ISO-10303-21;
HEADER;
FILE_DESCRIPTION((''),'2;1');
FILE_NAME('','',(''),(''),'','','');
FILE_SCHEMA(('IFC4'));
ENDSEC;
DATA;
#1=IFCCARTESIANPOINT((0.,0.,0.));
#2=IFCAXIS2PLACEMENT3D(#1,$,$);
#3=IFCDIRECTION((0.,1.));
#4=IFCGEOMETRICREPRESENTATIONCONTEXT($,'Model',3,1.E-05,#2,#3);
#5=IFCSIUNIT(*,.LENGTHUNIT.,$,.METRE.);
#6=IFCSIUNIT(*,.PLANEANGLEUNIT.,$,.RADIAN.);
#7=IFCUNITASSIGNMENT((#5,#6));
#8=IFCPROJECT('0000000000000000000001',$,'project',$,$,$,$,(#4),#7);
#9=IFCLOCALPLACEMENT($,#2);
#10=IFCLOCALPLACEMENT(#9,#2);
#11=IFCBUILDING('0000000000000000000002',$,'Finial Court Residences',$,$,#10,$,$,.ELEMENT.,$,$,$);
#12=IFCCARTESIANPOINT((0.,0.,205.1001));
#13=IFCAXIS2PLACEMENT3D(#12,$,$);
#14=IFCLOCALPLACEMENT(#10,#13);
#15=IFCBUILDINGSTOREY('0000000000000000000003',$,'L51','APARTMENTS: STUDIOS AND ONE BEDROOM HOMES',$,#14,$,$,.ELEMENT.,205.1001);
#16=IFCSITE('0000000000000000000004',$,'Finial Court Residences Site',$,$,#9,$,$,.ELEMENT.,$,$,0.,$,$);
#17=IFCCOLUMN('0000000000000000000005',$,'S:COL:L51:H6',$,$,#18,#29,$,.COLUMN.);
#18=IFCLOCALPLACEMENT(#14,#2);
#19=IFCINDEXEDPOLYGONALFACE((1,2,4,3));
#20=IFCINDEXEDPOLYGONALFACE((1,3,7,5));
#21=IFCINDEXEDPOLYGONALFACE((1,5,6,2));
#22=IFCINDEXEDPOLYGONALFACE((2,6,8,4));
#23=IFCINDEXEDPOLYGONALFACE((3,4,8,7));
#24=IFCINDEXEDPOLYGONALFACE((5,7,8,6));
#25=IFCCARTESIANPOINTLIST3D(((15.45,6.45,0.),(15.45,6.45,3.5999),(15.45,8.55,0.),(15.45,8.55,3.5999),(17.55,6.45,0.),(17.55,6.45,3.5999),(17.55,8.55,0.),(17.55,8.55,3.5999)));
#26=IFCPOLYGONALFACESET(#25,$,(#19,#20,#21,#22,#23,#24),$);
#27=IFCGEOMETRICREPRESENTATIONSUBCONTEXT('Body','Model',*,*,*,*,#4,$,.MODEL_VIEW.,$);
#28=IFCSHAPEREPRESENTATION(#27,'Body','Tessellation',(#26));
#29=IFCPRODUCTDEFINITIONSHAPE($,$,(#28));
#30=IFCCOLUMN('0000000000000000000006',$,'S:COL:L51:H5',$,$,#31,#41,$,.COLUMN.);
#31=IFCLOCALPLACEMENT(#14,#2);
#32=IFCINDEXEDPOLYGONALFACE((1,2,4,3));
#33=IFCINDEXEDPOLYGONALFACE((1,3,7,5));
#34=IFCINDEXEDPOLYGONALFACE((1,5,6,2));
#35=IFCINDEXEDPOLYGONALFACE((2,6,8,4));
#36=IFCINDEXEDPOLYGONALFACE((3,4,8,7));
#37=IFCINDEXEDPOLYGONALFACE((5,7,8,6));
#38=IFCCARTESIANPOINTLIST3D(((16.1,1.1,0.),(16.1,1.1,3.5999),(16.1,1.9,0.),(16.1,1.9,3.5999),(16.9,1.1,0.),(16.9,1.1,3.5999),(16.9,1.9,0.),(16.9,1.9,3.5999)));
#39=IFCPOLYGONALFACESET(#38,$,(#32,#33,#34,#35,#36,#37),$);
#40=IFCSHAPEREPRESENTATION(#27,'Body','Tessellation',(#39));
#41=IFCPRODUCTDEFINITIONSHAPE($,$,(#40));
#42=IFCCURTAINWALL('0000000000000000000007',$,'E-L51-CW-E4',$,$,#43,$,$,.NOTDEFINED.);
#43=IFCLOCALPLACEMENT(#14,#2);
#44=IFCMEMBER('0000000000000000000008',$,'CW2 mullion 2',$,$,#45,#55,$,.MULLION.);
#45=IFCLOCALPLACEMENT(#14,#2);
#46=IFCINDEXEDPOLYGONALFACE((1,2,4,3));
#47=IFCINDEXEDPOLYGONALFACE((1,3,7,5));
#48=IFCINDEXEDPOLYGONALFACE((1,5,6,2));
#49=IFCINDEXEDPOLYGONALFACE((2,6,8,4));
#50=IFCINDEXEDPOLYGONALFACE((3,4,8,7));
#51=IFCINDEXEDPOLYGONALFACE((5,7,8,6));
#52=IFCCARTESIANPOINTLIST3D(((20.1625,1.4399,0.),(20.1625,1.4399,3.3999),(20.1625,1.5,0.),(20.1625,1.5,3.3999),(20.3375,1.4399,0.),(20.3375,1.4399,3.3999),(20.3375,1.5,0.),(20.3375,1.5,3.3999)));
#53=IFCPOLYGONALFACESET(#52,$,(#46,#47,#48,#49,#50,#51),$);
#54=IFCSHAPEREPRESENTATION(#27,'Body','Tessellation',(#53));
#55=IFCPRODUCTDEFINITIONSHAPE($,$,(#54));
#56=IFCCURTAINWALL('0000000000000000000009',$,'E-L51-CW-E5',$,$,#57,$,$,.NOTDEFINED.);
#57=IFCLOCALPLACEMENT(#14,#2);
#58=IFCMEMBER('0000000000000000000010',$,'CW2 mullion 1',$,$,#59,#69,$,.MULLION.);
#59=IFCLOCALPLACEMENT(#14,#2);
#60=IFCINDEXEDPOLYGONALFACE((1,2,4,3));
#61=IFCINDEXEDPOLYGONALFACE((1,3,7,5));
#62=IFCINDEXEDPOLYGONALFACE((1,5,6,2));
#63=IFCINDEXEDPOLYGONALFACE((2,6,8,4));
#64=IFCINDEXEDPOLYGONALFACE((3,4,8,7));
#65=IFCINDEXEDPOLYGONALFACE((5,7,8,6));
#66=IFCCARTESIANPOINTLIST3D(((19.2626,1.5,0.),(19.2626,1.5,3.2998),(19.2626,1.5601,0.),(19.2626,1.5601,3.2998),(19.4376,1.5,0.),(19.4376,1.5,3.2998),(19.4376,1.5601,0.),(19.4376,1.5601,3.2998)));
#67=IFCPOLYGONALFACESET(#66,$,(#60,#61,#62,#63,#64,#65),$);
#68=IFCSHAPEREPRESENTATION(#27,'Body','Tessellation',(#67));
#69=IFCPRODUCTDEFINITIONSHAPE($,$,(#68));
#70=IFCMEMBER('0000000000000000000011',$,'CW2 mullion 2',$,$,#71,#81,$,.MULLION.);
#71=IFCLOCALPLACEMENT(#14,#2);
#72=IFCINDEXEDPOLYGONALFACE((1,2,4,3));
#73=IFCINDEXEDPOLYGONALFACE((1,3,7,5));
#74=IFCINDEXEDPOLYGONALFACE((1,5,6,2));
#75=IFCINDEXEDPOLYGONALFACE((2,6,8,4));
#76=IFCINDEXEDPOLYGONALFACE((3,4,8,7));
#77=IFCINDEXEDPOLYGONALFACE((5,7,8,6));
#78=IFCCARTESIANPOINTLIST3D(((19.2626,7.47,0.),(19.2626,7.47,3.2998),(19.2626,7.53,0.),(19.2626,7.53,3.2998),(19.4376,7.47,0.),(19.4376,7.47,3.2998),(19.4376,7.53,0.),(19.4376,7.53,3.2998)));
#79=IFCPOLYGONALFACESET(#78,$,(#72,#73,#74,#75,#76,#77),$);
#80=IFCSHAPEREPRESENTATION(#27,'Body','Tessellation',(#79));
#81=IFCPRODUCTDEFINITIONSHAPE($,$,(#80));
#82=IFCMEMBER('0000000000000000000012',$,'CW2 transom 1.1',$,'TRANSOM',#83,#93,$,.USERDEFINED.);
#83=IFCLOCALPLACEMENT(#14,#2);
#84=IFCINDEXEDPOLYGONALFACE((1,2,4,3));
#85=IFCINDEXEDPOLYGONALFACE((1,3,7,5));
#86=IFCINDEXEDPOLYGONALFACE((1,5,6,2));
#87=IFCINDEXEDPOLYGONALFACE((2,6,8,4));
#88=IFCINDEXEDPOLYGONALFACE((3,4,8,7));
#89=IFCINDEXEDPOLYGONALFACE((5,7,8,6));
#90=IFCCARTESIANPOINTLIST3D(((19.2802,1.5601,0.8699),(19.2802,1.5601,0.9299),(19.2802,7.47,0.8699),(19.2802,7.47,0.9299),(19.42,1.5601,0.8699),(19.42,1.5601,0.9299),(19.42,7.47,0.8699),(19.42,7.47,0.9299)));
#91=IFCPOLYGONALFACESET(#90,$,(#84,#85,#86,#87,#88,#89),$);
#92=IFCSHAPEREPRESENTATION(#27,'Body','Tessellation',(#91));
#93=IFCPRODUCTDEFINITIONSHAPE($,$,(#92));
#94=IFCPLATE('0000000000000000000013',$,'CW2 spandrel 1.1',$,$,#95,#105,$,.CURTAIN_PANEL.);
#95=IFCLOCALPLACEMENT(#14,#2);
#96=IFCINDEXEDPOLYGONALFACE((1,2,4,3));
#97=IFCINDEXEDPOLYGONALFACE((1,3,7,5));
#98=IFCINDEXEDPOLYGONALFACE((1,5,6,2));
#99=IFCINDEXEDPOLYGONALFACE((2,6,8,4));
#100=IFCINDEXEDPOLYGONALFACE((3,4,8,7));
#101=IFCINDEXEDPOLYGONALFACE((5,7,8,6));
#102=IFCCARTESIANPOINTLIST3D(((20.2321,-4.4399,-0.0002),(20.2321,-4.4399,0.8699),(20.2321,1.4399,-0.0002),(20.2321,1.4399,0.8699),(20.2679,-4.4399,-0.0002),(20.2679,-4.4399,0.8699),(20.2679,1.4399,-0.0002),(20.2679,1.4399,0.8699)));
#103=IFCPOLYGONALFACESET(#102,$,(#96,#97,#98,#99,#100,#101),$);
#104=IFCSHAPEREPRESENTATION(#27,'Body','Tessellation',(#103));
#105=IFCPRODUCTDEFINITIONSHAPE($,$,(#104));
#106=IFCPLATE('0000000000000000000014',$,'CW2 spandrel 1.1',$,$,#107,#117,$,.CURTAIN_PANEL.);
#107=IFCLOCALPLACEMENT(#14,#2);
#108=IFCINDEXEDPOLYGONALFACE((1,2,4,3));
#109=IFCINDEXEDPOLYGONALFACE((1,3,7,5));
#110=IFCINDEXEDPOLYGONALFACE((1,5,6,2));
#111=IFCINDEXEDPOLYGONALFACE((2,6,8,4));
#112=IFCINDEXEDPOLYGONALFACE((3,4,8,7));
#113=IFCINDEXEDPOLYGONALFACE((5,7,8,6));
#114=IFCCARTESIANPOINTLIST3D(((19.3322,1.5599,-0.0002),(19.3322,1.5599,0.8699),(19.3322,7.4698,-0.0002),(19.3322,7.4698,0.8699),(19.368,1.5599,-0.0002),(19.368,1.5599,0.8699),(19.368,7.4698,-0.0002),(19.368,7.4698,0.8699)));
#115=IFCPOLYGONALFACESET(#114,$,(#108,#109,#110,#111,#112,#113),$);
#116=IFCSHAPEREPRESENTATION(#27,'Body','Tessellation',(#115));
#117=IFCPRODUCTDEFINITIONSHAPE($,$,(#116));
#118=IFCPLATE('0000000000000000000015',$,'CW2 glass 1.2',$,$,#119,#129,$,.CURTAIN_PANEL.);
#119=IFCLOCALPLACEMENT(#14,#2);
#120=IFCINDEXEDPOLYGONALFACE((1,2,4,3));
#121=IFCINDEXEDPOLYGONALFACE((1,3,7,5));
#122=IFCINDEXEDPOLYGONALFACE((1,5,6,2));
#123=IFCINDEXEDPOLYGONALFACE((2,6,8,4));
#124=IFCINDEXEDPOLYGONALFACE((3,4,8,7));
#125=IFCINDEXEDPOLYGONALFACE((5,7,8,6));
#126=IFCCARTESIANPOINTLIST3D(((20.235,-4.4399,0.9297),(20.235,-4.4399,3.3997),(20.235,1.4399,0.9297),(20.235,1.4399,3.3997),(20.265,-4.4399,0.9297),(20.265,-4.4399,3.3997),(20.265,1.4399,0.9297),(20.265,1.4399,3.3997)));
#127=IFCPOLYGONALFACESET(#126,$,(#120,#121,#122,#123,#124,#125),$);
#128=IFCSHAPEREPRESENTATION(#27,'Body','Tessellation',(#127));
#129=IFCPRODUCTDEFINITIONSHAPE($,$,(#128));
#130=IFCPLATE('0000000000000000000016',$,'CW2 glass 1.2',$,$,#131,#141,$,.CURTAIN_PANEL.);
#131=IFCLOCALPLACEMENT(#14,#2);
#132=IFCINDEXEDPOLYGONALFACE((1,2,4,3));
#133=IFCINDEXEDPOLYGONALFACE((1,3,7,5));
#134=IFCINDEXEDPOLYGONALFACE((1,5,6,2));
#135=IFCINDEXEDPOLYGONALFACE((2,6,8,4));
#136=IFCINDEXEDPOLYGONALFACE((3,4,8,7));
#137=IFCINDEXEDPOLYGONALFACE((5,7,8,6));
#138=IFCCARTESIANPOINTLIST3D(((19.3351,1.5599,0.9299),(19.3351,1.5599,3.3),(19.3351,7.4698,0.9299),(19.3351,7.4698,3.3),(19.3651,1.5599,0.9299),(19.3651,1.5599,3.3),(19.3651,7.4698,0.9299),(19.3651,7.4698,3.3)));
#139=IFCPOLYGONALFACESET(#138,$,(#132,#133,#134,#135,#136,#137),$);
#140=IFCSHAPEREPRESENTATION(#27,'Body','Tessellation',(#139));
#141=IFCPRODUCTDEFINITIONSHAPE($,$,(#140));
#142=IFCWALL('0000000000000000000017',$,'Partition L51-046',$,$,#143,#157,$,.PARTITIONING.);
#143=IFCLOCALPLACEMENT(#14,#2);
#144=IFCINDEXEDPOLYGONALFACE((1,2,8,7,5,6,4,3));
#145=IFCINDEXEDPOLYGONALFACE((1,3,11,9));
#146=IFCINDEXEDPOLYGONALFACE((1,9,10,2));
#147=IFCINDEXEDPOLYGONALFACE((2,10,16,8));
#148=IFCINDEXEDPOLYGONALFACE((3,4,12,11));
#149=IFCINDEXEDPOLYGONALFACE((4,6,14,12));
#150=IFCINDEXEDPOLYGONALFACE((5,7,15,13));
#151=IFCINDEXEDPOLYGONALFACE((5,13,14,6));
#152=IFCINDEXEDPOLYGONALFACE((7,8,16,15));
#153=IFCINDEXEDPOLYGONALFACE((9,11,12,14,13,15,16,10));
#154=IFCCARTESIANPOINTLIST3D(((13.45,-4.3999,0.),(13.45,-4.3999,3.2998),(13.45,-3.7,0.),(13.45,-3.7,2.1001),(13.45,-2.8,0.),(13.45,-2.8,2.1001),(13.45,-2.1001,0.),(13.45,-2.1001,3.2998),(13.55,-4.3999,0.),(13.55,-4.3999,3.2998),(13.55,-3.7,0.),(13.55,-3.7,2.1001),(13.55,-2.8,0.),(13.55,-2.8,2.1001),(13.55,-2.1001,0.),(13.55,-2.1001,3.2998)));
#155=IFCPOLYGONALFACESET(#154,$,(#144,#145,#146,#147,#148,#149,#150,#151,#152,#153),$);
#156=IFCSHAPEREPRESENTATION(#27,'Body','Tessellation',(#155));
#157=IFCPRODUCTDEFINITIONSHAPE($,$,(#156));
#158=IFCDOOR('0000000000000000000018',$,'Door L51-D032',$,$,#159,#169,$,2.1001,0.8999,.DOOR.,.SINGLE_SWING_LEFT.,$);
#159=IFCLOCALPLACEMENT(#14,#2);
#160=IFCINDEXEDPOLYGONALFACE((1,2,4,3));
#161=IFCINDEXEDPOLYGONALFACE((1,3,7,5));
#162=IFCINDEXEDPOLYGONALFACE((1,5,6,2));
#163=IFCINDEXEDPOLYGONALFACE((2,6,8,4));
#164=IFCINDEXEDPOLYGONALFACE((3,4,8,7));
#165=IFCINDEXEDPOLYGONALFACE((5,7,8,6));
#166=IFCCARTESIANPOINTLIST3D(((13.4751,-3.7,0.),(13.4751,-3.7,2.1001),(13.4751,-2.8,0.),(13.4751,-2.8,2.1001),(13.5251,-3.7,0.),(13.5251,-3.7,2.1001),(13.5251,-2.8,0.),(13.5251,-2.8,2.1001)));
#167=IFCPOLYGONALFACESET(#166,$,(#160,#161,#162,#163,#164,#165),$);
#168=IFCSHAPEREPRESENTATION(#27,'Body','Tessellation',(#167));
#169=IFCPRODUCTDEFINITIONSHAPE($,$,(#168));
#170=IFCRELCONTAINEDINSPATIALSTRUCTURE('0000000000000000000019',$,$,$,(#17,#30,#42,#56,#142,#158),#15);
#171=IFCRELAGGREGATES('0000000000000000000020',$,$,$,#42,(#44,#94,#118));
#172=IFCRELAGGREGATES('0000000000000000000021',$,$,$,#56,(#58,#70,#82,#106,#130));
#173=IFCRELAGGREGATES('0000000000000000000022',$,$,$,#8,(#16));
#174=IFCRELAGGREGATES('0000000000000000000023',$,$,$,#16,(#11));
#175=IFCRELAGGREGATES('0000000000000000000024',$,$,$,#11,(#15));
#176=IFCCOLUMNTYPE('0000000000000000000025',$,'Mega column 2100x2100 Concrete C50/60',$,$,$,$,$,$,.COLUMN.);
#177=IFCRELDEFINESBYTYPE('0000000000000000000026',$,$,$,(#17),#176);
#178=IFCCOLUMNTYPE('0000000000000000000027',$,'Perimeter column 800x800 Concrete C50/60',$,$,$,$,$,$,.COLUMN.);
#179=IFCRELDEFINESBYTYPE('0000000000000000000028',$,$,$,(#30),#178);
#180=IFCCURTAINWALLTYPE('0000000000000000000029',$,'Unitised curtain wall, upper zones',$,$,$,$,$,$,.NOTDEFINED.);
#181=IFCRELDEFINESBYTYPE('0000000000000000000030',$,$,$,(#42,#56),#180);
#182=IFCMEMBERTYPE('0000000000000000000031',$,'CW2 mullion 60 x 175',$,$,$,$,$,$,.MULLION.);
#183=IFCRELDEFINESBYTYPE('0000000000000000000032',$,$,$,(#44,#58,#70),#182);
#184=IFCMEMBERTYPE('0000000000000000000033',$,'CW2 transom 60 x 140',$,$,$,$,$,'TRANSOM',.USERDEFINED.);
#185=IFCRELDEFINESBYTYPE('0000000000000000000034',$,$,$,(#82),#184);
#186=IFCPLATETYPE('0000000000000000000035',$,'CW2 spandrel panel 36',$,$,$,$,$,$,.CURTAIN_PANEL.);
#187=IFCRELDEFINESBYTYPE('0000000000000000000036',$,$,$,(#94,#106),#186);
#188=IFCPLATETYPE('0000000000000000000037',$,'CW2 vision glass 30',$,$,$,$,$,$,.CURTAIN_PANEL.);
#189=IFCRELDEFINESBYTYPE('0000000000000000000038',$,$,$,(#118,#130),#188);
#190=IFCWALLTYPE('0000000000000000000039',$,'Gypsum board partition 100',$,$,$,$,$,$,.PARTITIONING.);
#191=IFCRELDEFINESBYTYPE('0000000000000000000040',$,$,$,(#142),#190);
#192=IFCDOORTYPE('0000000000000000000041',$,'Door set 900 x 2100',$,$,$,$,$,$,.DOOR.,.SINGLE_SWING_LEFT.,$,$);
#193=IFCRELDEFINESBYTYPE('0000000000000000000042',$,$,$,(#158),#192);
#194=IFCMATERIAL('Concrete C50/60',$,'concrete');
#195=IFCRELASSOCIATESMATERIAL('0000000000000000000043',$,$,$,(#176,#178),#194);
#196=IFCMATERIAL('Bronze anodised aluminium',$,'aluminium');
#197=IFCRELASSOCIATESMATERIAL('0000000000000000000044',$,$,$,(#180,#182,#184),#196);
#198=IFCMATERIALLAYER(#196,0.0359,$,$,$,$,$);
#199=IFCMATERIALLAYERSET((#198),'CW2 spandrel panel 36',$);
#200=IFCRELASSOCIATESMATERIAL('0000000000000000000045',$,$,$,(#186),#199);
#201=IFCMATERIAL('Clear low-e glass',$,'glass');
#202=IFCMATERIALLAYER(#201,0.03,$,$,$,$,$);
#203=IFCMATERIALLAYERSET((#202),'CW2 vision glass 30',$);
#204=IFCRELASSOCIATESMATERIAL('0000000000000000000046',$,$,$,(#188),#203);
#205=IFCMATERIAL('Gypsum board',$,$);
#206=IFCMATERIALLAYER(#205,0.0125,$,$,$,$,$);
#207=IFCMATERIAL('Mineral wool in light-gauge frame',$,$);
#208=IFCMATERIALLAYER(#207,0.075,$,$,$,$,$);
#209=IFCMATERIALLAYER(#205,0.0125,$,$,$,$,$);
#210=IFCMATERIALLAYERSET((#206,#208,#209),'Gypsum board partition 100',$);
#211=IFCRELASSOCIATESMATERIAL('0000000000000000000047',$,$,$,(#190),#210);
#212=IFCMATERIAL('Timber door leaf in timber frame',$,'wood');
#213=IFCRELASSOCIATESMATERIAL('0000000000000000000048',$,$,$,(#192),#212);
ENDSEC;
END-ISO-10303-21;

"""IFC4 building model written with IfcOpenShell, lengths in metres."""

from ifc_helpers import new_model, si_unit, direction, frame, frame_2d, origin, origin_2d, place, context, subcontext, project, spatial, rectangle, extrude, material, layer, layer_set, material_profile, profile_set, type_object, element, fill, aggregate, save


model = new_model("IFC4")

# Units and contexts
model_context = context("Model", 3, precision=1e-05, world=origin(), true_north=direction((0.0, 1.0)))
body_context = subcontext(model_context, "Body", "Model", "MODEL_VIEW")
ifc_project = project(units=[si_unit("LENGTHUNIT", "METRE"), si_unit("PLANEANGLEUNIT", "RADIAN")], contexts=[model_context])

# Site, building, storey
site_placement = place(None, origin())
site = spatial("IfcSite", under=ifc_project, at=site_placement, Name="Finial Court Residences Site", CompositionType="ELEMENT", RefElevation=0.0)
building_placement = place(site_placement, origin())
building = spatial("IfcBuilding", under=site, at=building_placement, Name="Finial Court Residences", CompositionType="ELEMENT")
storey_placement = place(building_placement, frame((0.0, 0.0, 205.1001)))
storey = spatial("IfcBuildingStorey", under=building, at=storey_placement, Name="L51", Description="APARTMENTS: STUDIOS AND ONE BEDROOM HOMES", CompositionType="ELEMENT", Elevation=205.1001)

# Columns
ifc_material_1 = material(Name="Concrete C50/60", Category="concrete")
ifc_material_profile_1 = material_profile(ifc_material_1, rectangle(XDim=2.1001, YDim=2.1001, at=origin_2d()), Name="2100x2100")
ifc_profile_set_1 = profile_set([ifc_material_profile_1], Name="Concrete C50/60")
column_type_1 = type_object("IfcColumnType", Name="Mega column 2100x2100 Concrete C50/60", PredefinedType="COLUMN", material=ifc_profile_set_1)
column_1_placement = place(storey_placement, frame((16.5, 7.5, 0.0), z_axis=(0.0, 0.0, 1.0), x_axis=(1.0, 0.0, 0.0)))
element("IfcColumn", 1, at=column_1_placement, inside=storey, type_object=column_type_1, Name="S:COL:L51:H6", PredefinedType="COLUMN", context=body_context, shape_type="SweptSolid", body=[
    extrude(rectangle(XDim=2.1001, YDim=2.1001, at=origin_2d()), origin(), (0.0, 0.0, 1.0), 3.5999),
])
ifc_material_profile_2 = material_profile(ifc_material_1, rectangle(XDim=0.8, YDim=0.8, at=origin_2d()), Name="800x800")
ifc_profile_set_2 = profile_set([ifc_material_profile_2], Name="Concrete C50/60")
column_type_2 = type_object("IfcColumnType", Name="Perimeter column 800x800 Concrete C50/60", PredefinedType="COLUMN", material=ifc_profile_set_2)
column_2_placement = place(storey_placement, frame((16.5, 1.5, 0.0), z_axis=(0.0, 0.0, 1.0), x_axis=(1.0, 0.0, 0.0)))
element("IfcColumn", 2, at=column_2_placement, inside=storey, type_object=column_type_2, Name="S:COL:L51:H5", PredefinedType="COLUMN", context=body_context, shape_type="SweptSolid", body=[
    extrude(rectangle(XDim=0.8, YDim=0.8, at=origin_2d()), origin(), (0.0, 0.0, 1.0), 3.5999),
])

# Curtain wall, member
ifc_material_2 = material(Name="Bronze anodised aluminium", Category="aluminium")
curtain_wall_type = type_object("IfcCurtainWallType", Name="Unitised curtain wall, upper zones", PredefinedType="NOTDEFINED", material=ifc_material_2)
curtain_wall_1_placement = place(storey_placement, origin())
curtain_wall_1 = element("IfcCurtainWall", 3, at=curtain_wall_1_placement, inside=storey, type_object=curtain_wall_type, Name="E-L51-CW-E4", PredefinedType="NOTDEFINED")
ifc_material_profile_3 = material_profile(ifc_material_2, rectangle(XDim=0.175, YDim=0.0601, at=origin_2d()), Name="CW2 mullion 60 x 175")
ifc_profile_set_3 = profile_set([ifc_material_profile_3], Name="Bronze anodised aluminium")
member_type_1 = type_object("IfcMemberType", Name="CW2 mullion 60 x 175", PredefinedType="MULLION", material=ifc_profile_set_3)
member_1_placement = place(storey_placement, frame((20.25, 1.47, 0.0), z_axis=(0.0, 0.0, 1.0), x_axis=(-1.0, 0.0, 0.0)))
member_1 = element("IfcMember", 4, at=member_1_placement, type_object=member_type_1, Name="CW2 mullion 2", PredefinedType="MULLION", context=body_context, shape_type="SweptSolid", body=[
    extrude(rectangle(XDim=0.175, YDim=0.0601, at=origin_2d()), origin(), (0.0, 0.0, 1.0), 3.3999),
])

# Curtain wall, members
curtain_wall_2_placement = place(storey_placement, origin())
curtain_wall_2 = element("IfcCurtainWall", 5, at=curtain_wall_2_placement, inside=storey, type_object=curtain_wall_type, Name="E-L51-CW-E5", PredefinedType="NOTDEFINED")
member_2_placement = place(storey_placement, frame((19.3501, 1.53, 0.0), z_axis=(0.0, 0.0, 1.0), x_axis=(-1.0, 0.0, 0.0)))
member_2 = element("IfcMember", 6, at=member_2_placement, type_object=member_type_1, Name="CW2 mullion 1", PredefinedType="MULLION", context=body_context, shape_type="SweptSolid", body=[
    extrude(rectangle(XDim=0.175, YDim=0.0601, at=origin_2d()), origin(), (0.0, 0.0, 1.0), 3.2998),
])
member_3_placement = place(storey_placement, frame((19.3501, 7.5, 0.0), z_axis=(0.0, 0.0, 1.0), x_axis=(-1.0, 0.0, 0.0)))
member_3 = element("IfcMember", 7, at=member_3_placement, type_object=member_type_1, Name="CW2 mullion 2", PredefinedType="MULLION", context=body_context, shape_type="SweptSolid", body=[
    extrude(rectangle(XDim=0.175, YDim=0.0601, at=origin_2d()), origin(), (0.0, 0.0, 1.0), 3.2998),
])
ifc_material_profile_4 = material_profile(ifc_material_2, rectangle(XDim=0.1399, YDim=0.0601, at=origin_2d()), Name="CW2 transom 60 x 140")
ifc_profile_set_4 = profile_set([ifc_material_profile_4], Name="Bronze anodised aluminium")
member_type_2 = type_object("IfcMemberType", Name="CW2 transom 60 x 140", ElementType="TRANSOM", PredefinedType="USERDEFINED", material=ifc_profile_set_4)
member_4_placement = place(storey_placement, frame((19.3501, 1.5601, 0.8999), z_axis=(0.0, 1.0, 0.0), x_axis=(-1.0, 0.0, 0.0)))
member_4 = element("IfcMember", 8, at=member_4_placement, type_object=member_type_2, Name="CW2 transom 1.1", ObjectType="TRANSOM", PredefinedType="USERDEFINED", context=body_context, shape_type="SweptSolid", body=[
    extrude(rectangle(XDim=0.1399, YDim=0.0601, at=origin_2d()), origin(), (0.0, 0.0, 1.0), 5.9099),
])

# Plates
ifc_layer_1 = layer(ifc_material_2, 0.0359)
ifc_layer_set_1 = layer_set([ifc_layer_1], Name="CW2 spandrel panel 36")
plate_type_1 = type_object("IfcPlateType", Name="CW2 spandrel panel 36", PredefinedType="CURTAIN_PANEL", material=ifc_layer_set_1)
plate_1_placement = place(storey_placement, frame((20.25, -1.5, -0.0002), z_axis=(0.0, 0.0, 1.0), x_axis=(0.0, 1.0, 0.0)))
plate_1 = element("IfcPlate", 9, at=plate_1_placement, type_object=plate_type_1, Name="CW2 spandrel 1.1", PredefinedType="CURTAIN_PANEL", context=body_context, shape_type="SweptSolid", body=[
    extrude(rectangle(XDim=5.8799, YDim=0.0359, at=origin_2d()), origin(), (0.0, 0.0, 1.0), 0.8701),
])
plate_2_placement = place(storey_placement, frame((19.3501, 4.5149, -0.0002), z_axis=(0.0, 0.0, 1.0), x_axis=(0.0, 1.0, 0.0)))
plate_2 = element("IfcPlate", 10, at=plate_2_placement, type_object=plate_type_1, Name="CW2 spandrel 1.1", PredefinedType="CURTAIN_PANEL", context=body_context, shape_type="SweptSolid", body=[
    extrude(rectangle(XDim=5.9099, YDim=0.0359, at=origin_2d()), origin(), (0.0, 0.0, 1.0), 0.8701),
])
ifc_material_3 = material(Name="Clear low-e glass", Category="glass")
ifc_layer_2 = layer(ifc_material_3, 0.03)
ifc_layer_set_2 = layer_set([ifc_layer_2], Name="CW2 vision glass 30")
plate_type_2 = type_object("IfcPlateType", Name="CW2 vision glass 30", PredefinedType="CURTAIN_PANEL", material=ifc_layer_set_2)
plate_3_placement = place(storey_placement, frame((20.25, -1.5, 0.9297), z_axis=(0.0, 0.0, 1.0), x_axis=(0.0, 1.0, 0.0)))
plate_3 = element("IfcPlate", 11, at=plate_3_placement, type_object=plate_type_2, Name="CW2 glass 1.2", PredefinedType="CURTAIN_PANEL", context=body_context, shape_type="SweptSolid", body=[
    extrude(rectangle(XDim=5.8799, YDim=0.03, at=origin_2d()), origin(), (0.0, 0.0, 1.0), 2.47),
])
aggregate(curtain_wall_1, [member_1, plate_1, plate_3])
plate_4_placement = place(storey_placement, frame((19.3501, 4.5149, 0.9299), z_axis=(0.0, 0.0, 1.0), x_axis=(0.0, 1.0, 0.0)))
plate_4 = element("IfcPlate", 12, at=plate_4_placement, type_object=plate_type_2, Name="CW2 glass 1.2", PredefinedType="CURTAIN_PANEL", context=body_context, shape_type="SweptSolid", body=[
    extrude(rectangle(XDim=5.9099, YDim=0.03, at=origin_2d()), origin(), (0.0, 0.0, 1.0), 2.3701),
])
aggregate(curtain_wall_2, [member_2, member_3, member_4, plate_2, plate_4])

# Wall, opening, door
ifc_material_4 = material(Name="Gypsum board")
ifc_layer_3 = layer(ifc_material_4, 0.0125)
ifc_material_5 = material(Name="Mineral wool in light-gauge frame")
ifc_layer_4 = layer(ifc_material_5, 0.075)
ifc_layer_5 = layer(ifc_material_4, 0.0125)
ifc_layer_set_3 = layer_set([ifc_layer_3, ifc_layer_4, ifc_layer_5], Name="Gypsum board partition 100")
wall_type_1 = type_object("IfcWallType", Name="Gypsum board partition 100", PredefinedType="PARTITIONING", material=ifc_layer_set_3)
wall_1_placement = place(storey_placement, frame((13.5, -4.3999, 0.0), z_axis=(0.0, 0.0, 1.0), x_axis=(0.0, 1.0, 0.0)))
wall_1 = element("IfcWall", 13, at=wall_1_placement, inside=storey, type_object=wall_type_1, Name="Partition L51-046", PredefinedType="PARTITIONING", context=body_context, shape_type="SweptSolid", body=[
    extrude(rectangle(XDim=2.2998, YDim=0.1001, at=frame_2d((1.1499, 0.0))), origin(), (0.0, 0.0, 1.0), 3.2998),
])
opening_1_placement = place(wall_1_placement, frame((0.7, 0.0, 0.0)))
opening_1 = element("IfcOpeningElement", 14, at=opening_1_placement, cuts=wall_1, PredefinedType="OPENING", context=body_context, shape_type="SweptSolid", body=[
    extrude(rectangle(XDim=0.8999, YDim=2.1001, at=frame_2d((0.45, 1.05))), frame((0.0, 0.0601, 0.0), z_axis=(0.0, -1.0, 0.0), x_axis=(1.0, 0.0, 0.0)), (0.0, 0.0, 1.0), 0.1201),
])
ifc_material_6 = material(Name="Timber door leaf in timber frame", Category="wood")
door_type = type_object("IfcDoorType", Name="Door set 900 x 2100", OperationType="SINGLE_SWING_LEFT", PredefinedType="DOOR", material=ifc_material_6)
door_1_placement = place(opening_1_placement, origin())
door_1 = element("IfcDoor", 15, at=door_1_placement, inside=storey, type_object=door_type, Name="Door L51-D032", OperationType="SINGLE_SWING_LEFT", OverallHeight=2.1001, OverallWidth=0.8999, PredefinedType="DOOR", context=body_context, shape_type="SweptSolid", body=[
    extrude(rectangle(XDim=0.8999, YDim=2.1001, at=frame_2d((0.45, 1.05))), frame((0.0, 0.0249, 0.0), z_axis=(0.0, -1.0, 0.0), x_axis=(1.0, 0.0, 0.0)), (0.0, 0.0, 1.0), 0.05),
])
fill(opening_1, door_1)

save(model, "model.ifc")
